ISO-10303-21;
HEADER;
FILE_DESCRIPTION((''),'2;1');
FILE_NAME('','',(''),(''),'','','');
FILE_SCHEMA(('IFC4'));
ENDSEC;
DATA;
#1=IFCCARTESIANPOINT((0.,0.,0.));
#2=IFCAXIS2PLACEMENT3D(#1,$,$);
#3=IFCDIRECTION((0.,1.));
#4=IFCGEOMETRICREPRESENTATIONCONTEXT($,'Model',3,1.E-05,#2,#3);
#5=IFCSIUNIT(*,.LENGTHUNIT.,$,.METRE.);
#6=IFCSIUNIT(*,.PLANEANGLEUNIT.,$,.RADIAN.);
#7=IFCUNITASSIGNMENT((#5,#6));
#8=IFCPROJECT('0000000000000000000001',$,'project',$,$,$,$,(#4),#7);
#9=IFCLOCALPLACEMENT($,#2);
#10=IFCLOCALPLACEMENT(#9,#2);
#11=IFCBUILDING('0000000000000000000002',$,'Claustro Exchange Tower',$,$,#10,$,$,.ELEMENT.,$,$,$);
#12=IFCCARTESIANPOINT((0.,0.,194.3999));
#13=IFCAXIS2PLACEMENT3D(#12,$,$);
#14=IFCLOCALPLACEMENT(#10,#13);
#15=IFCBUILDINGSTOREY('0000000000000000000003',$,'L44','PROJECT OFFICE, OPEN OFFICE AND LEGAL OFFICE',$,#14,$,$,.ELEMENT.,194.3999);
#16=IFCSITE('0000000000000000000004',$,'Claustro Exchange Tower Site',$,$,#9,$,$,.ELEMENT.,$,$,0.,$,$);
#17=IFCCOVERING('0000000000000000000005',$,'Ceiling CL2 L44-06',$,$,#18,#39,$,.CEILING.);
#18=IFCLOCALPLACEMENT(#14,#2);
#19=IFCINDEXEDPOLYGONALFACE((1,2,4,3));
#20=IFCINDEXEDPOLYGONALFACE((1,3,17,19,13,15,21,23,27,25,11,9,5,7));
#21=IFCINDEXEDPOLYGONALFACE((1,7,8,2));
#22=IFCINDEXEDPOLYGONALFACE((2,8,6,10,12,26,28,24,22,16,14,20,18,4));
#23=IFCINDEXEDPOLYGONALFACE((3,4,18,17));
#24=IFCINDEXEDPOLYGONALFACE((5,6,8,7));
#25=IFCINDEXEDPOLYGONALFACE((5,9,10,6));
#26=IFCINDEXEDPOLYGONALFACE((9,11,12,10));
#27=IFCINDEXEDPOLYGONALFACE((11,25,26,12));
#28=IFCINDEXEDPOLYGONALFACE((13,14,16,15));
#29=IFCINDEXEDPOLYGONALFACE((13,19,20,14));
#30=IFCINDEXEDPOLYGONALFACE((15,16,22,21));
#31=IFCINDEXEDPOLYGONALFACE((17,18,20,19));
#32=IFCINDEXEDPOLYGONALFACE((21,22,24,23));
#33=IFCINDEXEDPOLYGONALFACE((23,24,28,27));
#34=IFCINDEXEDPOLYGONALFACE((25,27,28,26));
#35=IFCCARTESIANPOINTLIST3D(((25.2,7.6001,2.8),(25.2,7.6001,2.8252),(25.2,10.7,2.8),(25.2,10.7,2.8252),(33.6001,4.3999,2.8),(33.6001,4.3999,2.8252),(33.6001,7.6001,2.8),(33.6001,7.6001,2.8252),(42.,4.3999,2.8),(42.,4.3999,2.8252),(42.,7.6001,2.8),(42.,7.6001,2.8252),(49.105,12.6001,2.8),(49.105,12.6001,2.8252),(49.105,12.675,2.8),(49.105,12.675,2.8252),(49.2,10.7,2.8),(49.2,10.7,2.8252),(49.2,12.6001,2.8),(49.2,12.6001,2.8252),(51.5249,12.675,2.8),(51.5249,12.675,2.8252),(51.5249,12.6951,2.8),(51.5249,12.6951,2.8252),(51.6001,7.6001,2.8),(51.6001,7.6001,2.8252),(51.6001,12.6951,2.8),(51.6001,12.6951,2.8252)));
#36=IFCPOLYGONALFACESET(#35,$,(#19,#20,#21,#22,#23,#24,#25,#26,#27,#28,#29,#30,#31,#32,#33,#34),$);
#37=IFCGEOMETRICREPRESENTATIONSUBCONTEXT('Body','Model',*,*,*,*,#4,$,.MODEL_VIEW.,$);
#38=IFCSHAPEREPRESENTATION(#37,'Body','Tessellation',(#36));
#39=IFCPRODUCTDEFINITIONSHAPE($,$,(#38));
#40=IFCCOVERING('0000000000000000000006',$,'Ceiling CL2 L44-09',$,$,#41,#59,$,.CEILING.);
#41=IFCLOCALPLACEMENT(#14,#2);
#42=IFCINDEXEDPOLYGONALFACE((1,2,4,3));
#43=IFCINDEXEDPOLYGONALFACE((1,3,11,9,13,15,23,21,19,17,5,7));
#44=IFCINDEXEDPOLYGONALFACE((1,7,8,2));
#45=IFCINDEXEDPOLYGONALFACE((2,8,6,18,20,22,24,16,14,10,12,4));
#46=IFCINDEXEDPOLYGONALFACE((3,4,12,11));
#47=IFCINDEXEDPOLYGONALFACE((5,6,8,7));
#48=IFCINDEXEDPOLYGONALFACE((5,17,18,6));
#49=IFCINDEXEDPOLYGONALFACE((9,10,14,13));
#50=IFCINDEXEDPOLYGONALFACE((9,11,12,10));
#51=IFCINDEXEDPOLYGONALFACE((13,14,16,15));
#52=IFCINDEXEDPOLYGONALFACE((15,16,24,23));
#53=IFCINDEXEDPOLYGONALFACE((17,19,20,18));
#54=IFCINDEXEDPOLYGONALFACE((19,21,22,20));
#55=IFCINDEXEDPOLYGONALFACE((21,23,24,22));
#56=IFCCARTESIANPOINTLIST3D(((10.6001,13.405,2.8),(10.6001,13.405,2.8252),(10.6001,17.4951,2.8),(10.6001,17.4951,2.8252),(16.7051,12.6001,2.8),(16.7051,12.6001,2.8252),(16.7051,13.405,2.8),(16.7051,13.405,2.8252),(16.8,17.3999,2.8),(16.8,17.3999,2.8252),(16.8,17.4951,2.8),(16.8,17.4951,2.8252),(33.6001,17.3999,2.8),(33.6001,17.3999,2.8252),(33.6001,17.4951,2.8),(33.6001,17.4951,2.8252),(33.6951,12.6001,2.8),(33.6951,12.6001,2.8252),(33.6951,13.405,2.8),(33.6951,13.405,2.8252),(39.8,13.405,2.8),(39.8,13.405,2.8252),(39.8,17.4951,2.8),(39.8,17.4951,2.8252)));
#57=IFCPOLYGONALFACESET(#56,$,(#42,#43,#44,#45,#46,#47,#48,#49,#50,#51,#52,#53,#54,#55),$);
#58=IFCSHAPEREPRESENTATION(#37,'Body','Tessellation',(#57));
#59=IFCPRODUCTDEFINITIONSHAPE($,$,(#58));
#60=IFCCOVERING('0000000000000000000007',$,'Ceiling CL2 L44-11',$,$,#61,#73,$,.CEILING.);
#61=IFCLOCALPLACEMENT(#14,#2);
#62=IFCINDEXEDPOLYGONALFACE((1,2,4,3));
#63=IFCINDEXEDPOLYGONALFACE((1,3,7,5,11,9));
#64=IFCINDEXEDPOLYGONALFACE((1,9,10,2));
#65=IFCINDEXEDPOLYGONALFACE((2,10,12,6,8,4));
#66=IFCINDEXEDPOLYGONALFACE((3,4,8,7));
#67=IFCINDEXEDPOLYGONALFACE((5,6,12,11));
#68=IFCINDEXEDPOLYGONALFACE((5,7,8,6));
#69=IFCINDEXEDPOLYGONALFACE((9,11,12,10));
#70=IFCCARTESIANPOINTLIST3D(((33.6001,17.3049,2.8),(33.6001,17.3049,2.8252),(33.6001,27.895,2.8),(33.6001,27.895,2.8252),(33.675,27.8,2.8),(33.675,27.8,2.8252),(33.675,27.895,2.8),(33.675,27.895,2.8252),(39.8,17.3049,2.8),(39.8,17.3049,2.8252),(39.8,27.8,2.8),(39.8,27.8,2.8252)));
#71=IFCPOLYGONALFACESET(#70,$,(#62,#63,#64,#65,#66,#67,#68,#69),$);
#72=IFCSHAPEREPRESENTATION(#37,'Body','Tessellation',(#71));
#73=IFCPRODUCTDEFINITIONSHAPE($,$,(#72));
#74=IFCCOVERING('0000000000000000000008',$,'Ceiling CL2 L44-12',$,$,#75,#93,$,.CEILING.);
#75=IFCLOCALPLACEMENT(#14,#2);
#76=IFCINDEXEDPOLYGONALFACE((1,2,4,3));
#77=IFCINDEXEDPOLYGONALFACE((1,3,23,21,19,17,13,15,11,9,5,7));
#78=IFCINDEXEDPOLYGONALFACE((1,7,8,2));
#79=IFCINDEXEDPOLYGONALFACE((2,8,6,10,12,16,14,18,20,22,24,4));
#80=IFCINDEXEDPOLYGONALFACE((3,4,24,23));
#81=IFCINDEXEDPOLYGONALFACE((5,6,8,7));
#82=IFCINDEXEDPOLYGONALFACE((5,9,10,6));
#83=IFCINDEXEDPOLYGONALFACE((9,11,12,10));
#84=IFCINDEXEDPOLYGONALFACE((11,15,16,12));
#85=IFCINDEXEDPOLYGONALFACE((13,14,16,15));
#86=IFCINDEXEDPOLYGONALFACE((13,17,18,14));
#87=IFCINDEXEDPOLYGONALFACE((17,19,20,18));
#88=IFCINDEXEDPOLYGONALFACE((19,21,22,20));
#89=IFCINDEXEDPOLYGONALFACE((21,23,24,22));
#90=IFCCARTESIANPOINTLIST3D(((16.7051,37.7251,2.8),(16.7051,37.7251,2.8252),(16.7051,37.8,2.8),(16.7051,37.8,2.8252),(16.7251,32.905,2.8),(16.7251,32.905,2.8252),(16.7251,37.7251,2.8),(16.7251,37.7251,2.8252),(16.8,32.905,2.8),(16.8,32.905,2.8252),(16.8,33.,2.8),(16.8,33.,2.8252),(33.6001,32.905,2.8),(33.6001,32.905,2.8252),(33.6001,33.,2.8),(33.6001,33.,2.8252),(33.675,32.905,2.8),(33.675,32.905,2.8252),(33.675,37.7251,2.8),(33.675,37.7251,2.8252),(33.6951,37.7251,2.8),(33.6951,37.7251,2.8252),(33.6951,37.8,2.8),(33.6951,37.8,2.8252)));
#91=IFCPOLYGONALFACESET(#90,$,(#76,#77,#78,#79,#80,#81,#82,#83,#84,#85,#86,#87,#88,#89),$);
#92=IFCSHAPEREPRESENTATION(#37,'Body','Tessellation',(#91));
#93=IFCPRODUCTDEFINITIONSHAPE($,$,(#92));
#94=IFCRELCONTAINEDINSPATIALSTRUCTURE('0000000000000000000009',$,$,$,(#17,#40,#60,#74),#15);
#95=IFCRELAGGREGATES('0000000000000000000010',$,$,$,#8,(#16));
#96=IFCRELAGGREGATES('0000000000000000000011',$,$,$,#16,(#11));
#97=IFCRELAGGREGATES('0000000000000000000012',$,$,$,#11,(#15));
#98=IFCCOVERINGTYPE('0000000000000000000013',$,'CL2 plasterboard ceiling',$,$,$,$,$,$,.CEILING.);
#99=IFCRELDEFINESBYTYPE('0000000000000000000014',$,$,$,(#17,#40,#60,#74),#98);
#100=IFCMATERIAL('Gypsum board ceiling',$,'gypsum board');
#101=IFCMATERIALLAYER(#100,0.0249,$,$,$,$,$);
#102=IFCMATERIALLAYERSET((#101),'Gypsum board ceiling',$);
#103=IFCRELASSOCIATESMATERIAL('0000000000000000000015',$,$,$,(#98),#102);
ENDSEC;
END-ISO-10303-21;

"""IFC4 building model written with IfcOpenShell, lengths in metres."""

from ifc_helpers import new_model, si_unit, direction, frame, origin, place, context, subcontext, project, spatial, polyline, outline, extrude, material, layer, layer_set, type_object, element, save


model = new_model("IFC4")

# Units and contexts
model_context = context("Model", 3, precision=1e-05, world=origin(), true_north=direction((0.0, 1.0)))
body_context = subcontext(model_context, "Body", "Model", "MODEL_VIEW")
ifc_project = project(units=[si_unit("LENGTHUNIT", "METRE"), si_unit("PLANEANGLEUNIT", "RADIAN")], contexts=[model_context])

# Site, building, storey
site_placement = place(None, origin())
site = spatial("IfcSite", under=ifc_project, at=site_placement, Name="Claustro Exchange Tower Site", CompositionType="ELEMENT", RefElevation=0.0)
building_placement = place(site_placement, origin())
building = spatial("IfcBuilding", under=site, at=building_placement, Name="Claustro Exchange Tower", CompositionType="ELEMENT")
storey_placement = place(building_placement, frame((0.0, 0.0, 194.3999)))
storey = spatial("IfcBuildingStorey", under=building, at=storey_placement, Name="L44", Description="PROJECT OFFICE, OPEN OFFICE AND LEGAL OFFICE", CompositionType="ELEMENT", Elevation=194.3999)

# Coverings
ifc_material_1 = material(Name="Gypsum board ceiling", Category="gypsum board")
ifc_layer_1 = layer(ifc_material_1, 0.0249)
ifc_layer_set_1 = layer_set([ifc_layer_1], Name="Gypsum board ceiling")
covering_type_1 = type_object("IfcCoveringType", Name="CL2 plasterboard ceiling", PredefinedType="CEILING", material=ifc_layer_set_1)
covering_1_placement = place(storey_placement, frame((0.0, 0.0, 2.8)))
element("IfcCovering", 1, at=covering_1_placement, inside=storey, type_object=covering_type_1, Name="Ceiling CL2 L44-06", PredefinedType="CEILING", context=body_context, shape_type="SweptSolid", body=[
    extrude(outline(polyline([(51.6001, 7.6001), (51.6001, 12.6951), (51.5249, 12.6951), (51.5249, 12.675), (49.105, 12.675), (49.105, 12.6001), (49.2, 12.6001), (49.2, 10.7), (25.2, 10.7), (25.2, 7.6001), (33.6001, 7.6001), (33.6001, 4.3999), (42.0, 4.3999), (42.0, 7.6001), (51.6001, 7.6001)])), origin(), (0.0, 0.0, 1.0), 0.0251),
])
covering_2_placement = place(storey_placement, frame((0.0, 0.0, 2.8)))
element("IfcCovering", 2, at=covering_2_placement, inside=storey, type_object=covering_type_1, Name="Ceiling CL2 L44-09", PredefinedType="CEILING", context=body_context, shape_type="SweptSolid", body=[
    extrude(outline(polyline([(33.6001, 17.3999), (16.8, 17.3999), (16.8, 17.4951), (10.6001, 17.4951), (10.6001, 13.405), (16.7051, 13.405), (16.7051, 12.6001), (33.6951, 12.6001), (33.6951, 13.405), (39.8, 13.405), (39.8, 17.4951), (33.6001, 17.4951), (33.6001, 17.3999)])), origin(), (0.0, 0.0, 1.0), 0.0251),
])
covering_3_placement = place(storey_placement, frame((0.0, 0.0, 2.8)))
element("IfcCovering", 3, at=covering_3_placement, inside=storey, type_object=covering_type_1, Name="Ceiling CL2 L44-11", PredefinedType="CEILING", context=body_context, shape_type="SweptSolid", body=[
    extrude(outline(polyline([(33.6001, 27.895), (33.6001, 17.3049), (39.8, 17.3049), (39.8, 27.8), (33.675, 27.8), (33.675, 27.895), (33.6001, 27.895)])), origin(), (0.0, 0.0, 1.0), 0.0251),
])
covering_4_placement = place(storey_placement, frame((0.0, 0.0, 2.8)))
element("IfcCovering", 4, at=covering_4_placement, inside=storey, type_object=covering_type_1, Name="Ceiling CL2 L44-12", PredefinedType="CEILING", context=body_context, shape_type="SweptSolid", body=[
    extrude(outline(polyline([(16.7251, 37.7251), (16.7251, 32.905), (16.8, 32.905), (16.8, 33.0), (33.6001, 33.0), (33.6001, 32.905), (33.675, 32.905), (33.675, 37.7251), (33.6951, 37.7251), (33.6951, 37.8), (16.7051, 37.8), (16.7051, 37.7251), (16.7251, 37.7251)])), origin(), (0.0, 0.0, 1.0), 0.0251),
])

save(model, "model.ifc")
